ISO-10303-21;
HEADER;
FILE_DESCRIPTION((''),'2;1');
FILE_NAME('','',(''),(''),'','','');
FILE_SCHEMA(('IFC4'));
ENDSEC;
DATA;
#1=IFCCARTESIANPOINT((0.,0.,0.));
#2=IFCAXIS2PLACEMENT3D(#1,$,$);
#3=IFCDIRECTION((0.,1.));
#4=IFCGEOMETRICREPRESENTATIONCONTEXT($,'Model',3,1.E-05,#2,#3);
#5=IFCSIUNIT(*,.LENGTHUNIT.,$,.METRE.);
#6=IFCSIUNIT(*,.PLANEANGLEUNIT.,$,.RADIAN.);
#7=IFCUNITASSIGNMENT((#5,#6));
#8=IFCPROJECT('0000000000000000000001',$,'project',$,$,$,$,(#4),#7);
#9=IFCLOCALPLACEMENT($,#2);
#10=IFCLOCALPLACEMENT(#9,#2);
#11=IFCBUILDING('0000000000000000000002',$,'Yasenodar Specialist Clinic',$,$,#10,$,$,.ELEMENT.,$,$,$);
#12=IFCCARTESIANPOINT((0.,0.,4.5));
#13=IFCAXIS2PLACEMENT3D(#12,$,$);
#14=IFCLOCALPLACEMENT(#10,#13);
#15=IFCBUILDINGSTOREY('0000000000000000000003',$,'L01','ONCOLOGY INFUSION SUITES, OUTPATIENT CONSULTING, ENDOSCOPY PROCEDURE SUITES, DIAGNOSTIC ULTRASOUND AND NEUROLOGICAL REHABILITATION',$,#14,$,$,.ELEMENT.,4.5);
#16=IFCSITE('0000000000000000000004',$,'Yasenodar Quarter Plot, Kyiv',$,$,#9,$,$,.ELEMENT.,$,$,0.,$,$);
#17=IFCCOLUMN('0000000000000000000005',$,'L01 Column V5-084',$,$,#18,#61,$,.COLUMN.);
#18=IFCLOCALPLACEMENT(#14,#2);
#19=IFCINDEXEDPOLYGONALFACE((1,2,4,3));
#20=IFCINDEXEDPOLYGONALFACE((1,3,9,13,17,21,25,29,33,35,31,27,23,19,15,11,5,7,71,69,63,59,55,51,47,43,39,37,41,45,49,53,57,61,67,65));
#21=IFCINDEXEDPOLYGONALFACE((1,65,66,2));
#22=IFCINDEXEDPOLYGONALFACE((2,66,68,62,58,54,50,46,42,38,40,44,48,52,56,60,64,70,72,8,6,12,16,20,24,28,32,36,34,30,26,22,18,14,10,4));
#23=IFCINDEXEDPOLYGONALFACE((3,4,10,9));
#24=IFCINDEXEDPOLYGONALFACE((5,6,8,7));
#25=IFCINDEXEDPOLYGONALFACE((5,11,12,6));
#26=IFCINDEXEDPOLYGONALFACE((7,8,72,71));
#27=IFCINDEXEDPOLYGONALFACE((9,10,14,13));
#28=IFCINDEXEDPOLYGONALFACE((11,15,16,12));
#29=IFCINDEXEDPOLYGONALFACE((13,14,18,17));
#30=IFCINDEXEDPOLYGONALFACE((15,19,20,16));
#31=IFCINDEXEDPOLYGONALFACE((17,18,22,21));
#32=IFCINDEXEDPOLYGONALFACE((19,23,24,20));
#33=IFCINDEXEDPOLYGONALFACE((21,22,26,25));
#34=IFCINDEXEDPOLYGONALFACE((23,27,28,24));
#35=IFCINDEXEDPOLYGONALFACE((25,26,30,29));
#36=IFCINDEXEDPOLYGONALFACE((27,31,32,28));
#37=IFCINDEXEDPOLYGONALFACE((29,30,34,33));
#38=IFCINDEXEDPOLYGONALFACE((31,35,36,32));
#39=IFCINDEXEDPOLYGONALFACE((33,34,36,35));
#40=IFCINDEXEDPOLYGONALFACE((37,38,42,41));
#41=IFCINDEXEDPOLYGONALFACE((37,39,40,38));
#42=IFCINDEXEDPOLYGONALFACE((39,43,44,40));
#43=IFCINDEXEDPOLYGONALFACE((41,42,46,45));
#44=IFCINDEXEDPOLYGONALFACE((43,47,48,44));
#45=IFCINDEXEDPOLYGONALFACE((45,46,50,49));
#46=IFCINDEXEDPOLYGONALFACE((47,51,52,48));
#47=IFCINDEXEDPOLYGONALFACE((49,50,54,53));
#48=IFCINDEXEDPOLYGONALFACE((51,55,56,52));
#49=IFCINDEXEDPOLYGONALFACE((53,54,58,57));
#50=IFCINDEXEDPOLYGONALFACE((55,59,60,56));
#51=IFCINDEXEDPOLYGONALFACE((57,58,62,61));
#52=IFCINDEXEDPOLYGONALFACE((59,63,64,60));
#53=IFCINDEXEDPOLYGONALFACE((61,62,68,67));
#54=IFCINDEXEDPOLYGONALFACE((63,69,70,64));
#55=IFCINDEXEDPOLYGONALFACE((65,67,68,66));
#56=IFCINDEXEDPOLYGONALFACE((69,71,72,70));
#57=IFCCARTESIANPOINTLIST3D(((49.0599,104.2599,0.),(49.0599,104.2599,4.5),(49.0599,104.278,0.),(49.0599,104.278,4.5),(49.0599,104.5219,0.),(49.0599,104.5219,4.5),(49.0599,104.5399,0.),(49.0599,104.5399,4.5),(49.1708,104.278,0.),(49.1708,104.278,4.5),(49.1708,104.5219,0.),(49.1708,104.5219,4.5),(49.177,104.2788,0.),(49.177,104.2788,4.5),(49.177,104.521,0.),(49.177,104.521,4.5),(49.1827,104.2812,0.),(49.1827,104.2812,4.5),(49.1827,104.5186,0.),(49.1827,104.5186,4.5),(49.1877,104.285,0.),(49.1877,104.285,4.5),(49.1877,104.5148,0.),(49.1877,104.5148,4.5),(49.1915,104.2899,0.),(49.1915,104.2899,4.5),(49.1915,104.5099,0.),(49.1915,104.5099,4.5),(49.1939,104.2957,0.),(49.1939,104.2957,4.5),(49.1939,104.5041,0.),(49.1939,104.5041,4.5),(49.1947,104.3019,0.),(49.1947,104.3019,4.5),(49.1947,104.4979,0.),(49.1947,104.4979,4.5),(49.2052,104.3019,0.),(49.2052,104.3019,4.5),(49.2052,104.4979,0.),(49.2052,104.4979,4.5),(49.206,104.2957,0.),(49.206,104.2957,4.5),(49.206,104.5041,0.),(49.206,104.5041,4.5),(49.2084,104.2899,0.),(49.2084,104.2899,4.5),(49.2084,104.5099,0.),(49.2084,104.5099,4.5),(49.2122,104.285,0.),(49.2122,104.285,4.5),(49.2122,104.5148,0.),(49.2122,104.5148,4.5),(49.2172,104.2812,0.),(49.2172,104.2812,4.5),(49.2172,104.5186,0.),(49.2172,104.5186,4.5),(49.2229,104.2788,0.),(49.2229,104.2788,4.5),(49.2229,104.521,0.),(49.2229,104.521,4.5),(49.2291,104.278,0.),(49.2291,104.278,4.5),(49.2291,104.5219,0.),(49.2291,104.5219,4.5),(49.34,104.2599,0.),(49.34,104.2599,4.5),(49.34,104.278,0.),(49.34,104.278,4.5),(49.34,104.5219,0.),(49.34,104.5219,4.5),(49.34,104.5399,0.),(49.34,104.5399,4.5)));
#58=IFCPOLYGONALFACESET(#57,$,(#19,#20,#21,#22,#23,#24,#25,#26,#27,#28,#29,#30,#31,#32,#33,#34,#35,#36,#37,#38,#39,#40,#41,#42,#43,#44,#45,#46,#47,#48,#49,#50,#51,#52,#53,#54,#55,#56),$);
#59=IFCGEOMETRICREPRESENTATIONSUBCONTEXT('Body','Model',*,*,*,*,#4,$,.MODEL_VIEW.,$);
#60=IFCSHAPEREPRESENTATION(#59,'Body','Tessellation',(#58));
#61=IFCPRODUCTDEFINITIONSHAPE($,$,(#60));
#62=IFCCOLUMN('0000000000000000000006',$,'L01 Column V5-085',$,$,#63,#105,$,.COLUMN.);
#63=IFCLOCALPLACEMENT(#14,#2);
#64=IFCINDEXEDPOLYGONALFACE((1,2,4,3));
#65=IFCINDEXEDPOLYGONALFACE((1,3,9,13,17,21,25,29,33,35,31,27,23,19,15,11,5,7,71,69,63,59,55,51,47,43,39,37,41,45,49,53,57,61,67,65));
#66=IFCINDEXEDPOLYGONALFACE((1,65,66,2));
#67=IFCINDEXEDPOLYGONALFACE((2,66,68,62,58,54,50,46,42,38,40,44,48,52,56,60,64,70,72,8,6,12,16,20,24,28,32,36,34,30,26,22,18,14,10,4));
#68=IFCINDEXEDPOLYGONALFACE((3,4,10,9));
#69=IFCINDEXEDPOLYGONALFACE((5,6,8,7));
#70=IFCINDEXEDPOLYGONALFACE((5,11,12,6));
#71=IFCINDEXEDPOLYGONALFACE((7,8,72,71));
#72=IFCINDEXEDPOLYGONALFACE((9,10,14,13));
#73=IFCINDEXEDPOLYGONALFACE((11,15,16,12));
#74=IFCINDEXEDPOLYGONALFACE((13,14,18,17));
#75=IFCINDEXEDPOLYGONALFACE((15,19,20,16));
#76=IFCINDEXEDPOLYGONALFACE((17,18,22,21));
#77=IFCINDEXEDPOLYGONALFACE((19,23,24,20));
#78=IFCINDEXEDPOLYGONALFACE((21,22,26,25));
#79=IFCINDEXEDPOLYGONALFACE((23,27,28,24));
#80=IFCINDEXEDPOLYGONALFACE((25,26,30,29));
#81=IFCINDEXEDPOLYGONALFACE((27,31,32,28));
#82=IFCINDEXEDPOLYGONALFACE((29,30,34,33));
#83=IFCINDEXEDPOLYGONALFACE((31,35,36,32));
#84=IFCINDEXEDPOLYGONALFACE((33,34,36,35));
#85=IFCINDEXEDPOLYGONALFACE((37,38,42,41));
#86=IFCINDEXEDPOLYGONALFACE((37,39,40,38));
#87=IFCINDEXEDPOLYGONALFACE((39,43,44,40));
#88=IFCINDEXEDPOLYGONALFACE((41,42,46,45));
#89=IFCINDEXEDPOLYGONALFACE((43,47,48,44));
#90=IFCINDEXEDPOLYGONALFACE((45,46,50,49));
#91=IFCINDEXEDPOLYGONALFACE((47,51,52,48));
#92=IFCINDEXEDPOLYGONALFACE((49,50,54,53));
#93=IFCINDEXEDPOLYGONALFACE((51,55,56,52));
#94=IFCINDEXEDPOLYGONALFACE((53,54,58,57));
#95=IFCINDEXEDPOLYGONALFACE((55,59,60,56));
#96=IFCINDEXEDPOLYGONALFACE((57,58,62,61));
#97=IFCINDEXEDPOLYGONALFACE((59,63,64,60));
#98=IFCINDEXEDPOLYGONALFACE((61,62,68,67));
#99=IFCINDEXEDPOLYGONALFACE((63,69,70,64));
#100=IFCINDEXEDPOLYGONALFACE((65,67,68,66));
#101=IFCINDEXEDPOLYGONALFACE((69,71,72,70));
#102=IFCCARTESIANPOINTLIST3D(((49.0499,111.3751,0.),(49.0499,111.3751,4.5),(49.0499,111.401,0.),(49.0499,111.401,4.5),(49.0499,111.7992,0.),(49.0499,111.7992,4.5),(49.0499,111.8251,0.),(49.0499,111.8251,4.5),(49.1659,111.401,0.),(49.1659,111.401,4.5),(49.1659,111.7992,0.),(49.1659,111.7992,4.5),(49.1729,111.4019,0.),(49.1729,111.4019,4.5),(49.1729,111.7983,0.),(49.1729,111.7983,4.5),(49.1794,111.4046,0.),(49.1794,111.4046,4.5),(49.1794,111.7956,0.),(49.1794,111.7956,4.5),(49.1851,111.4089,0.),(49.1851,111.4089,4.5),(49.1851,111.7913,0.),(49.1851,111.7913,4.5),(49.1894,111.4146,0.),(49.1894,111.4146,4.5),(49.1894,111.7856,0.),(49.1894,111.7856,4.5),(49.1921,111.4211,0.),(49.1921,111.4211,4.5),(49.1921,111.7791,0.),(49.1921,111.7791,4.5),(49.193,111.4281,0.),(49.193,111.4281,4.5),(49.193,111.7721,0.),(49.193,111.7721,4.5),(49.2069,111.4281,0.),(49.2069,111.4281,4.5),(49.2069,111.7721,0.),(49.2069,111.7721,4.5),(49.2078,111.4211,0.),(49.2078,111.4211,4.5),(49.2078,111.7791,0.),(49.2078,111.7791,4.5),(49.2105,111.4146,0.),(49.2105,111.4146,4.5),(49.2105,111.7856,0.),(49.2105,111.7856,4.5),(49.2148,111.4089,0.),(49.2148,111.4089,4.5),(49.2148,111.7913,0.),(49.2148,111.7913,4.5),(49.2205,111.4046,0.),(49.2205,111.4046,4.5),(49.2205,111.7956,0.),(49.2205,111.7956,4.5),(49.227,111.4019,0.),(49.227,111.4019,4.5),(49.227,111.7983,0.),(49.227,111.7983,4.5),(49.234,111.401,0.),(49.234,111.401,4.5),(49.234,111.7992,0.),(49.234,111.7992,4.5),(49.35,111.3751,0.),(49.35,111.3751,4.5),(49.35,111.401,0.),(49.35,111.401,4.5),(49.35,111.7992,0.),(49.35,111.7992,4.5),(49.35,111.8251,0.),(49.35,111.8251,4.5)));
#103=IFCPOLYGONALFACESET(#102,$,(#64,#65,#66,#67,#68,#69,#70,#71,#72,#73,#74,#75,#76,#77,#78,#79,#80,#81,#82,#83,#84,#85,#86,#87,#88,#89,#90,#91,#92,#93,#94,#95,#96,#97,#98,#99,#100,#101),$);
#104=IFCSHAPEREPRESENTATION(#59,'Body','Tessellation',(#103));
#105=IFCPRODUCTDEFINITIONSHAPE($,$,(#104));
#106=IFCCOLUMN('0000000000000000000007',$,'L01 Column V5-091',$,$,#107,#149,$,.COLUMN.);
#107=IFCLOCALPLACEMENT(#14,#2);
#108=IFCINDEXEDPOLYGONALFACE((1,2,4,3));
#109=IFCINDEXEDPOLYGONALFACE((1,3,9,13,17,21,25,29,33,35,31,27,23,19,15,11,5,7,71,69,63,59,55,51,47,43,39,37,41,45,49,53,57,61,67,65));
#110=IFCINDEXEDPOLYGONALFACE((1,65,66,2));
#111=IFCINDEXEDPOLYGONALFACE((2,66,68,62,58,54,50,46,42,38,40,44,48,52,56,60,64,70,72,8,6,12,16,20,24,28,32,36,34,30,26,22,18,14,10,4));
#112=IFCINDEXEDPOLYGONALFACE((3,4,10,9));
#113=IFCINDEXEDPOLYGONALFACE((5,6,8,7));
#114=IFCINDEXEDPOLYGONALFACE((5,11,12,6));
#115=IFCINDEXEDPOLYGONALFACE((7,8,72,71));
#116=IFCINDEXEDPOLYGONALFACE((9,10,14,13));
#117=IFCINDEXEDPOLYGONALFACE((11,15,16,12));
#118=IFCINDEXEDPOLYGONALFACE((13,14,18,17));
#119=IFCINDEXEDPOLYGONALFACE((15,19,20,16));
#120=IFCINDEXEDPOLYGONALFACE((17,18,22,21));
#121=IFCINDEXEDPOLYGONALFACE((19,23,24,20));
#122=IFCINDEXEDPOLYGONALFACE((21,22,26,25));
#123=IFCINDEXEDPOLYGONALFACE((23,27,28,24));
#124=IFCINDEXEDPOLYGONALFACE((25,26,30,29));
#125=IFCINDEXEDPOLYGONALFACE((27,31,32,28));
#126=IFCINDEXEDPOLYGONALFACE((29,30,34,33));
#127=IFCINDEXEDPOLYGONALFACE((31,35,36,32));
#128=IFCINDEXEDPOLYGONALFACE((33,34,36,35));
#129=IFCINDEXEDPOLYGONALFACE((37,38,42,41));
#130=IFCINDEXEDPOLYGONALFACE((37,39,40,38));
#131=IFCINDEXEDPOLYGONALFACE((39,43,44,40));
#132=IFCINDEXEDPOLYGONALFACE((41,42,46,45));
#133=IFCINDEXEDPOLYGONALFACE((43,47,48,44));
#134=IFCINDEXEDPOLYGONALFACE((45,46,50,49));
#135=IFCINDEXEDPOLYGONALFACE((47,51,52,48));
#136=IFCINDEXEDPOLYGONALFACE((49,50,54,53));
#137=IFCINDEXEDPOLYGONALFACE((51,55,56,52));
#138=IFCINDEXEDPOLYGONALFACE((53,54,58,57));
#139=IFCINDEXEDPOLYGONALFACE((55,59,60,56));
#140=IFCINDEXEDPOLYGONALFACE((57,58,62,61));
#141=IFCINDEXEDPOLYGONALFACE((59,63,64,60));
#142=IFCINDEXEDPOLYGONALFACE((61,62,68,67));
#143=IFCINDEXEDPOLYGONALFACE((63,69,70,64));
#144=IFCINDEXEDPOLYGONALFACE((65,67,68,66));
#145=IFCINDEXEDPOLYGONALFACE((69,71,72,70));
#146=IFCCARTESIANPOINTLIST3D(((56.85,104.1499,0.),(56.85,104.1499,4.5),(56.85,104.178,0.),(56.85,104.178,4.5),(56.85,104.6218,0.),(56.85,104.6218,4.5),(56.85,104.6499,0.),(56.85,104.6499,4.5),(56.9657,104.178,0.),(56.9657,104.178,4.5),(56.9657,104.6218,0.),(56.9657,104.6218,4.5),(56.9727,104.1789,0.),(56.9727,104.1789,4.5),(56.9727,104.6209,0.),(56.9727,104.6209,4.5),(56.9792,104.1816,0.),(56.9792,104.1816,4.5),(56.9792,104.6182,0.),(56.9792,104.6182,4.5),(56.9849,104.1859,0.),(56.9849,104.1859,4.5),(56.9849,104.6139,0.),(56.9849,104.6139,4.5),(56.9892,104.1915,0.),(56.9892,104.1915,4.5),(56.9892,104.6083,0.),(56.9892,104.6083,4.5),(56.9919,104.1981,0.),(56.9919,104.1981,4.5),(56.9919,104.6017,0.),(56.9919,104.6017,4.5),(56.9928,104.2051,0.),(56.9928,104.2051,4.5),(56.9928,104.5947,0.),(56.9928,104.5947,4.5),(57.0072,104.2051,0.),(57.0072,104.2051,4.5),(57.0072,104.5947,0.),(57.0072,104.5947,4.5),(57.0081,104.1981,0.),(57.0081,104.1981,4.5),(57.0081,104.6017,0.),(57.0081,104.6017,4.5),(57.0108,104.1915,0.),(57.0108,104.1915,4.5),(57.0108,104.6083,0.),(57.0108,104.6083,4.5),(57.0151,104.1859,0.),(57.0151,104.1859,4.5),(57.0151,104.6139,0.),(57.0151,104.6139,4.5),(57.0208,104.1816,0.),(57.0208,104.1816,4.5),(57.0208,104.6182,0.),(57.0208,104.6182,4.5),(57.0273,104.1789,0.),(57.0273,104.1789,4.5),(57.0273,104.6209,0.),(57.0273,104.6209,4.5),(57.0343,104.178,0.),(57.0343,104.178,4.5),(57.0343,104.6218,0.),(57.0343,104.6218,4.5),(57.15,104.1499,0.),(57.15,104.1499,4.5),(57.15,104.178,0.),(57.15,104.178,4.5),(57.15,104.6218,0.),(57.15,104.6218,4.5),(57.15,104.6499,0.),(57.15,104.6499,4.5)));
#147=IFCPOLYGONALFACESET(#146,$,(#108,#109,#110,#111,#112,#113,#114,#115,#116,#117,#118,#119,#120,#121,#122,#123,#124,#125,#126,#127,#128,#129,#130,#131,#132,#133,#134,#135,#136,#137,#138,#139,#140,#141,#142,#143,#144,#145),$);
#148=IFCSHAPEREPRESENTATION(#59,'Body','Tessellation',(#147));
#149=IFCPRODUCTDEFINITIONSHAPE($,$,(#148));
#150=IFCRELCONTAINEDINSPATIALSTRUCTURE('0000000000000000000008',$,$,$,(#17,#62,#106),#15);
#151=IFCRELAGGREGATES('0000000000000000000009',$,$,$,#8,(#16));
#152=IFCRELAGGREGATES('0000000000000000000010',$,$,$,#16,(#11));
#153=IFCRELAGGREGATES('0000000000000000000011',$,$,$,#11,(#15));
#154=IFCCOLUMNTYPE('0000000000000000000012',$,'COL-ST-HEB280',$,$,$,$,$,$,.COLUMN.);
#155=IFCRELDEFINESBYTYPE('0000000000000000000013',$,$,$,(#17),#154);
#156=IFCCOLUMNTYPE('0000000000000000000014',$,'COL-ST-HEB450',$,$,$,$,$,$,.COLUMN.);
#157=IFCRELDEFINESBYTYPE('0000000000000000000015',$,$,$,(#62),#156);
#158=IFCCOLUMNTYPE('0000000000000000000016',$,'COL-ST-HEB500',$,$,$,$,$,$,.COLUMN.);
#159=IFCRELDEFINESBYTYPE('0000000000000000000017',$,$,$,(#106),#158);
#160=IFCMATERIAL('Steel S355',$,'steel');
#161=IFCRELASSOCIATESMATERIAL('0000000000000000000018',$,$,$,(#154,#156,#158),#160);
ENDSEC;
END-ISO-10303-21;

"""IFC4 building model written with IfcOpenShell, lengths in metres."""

from ifc_helpers import new_model, si_unit, direction, frame, origin, origin_2d, place, context, subcontext, project, spatial, i_section, extrude, material, material_profile, profile_set, type_object, element, save


model = new_model("IFC4")

# Units and contexts
model_context = context("Model", 3, precision=1e-05, world=origin(), true_north=direction((0.0, 1.0)))
body_context = subcontext(model_context, "Body", "Model", "MODEL_VIEW")
ifc_project = project(units=[si_unit("LENGTHUNIT", "METRE"), si_unit("PLANEANGLEUNIT", "RADIAN")], contexts=[model_context])

# Site, building, storey
site_placement = place(None, origin())
site = spatial("IfcSite", under=ifc_project, at=site_placement, Name="Yasenodar Quarter Plot, Kyiv", CompositionType="ELEMENT", RefElevation=0.0)
building_placement = place(site_placement, origin())
building = spatial("IfcBuilding", under=site, at=building_placement, Name="Yasenodar Specialist Clinic", CompositionType="ELEMENT")
storey_placement = place(building_placement, frame((0.0, 0.0, 4.5)))
storey = spatial("IfcBuildingStorey", under=building, at=storey_placement, Name="L01", Description="ONCOLOGY INFUSION SUITES, OUTPATIENT CONSULTING, ENDOSCOPY PROCEDURE SUITES, DIAGNOSTIC ULTRASOUND AND NEUROLOGICAL REHABILITATION", CompositionType="ELEMENT", Elevation=4.5)

# Columns
ifc_material_1 = material(Name="Steel S355", Category="steel")
ifc_material_profile_1 = material_profile(ifc_material_1, i_section(OverallWidth=0.28, OverallDepth=0.28, WebThickness=0.0105, FlangeThickness=0.0181, FilletRadius=0.0239, at=origin_2d()), Name="HEB 280")
ifc_profile_set_1 = profile_set([ifc_material_profile_1], Name="Steel S355")
column_type_1 = type_object("IfcColumnType", Name="COL-ST-HEB280", PredefinedType="COLUMN", material=ifc_profile_set_1)
column_1_placement = place(storey_placement, frame((49.2, 104.3999, 0.0), z_axis=(0.0, 0.0, 1.0), x_axis=(1.0, 0.0, 0.0)))
element("IfcColumn", 1, at=column_1_placement, inside=storey, type_object=column_type_1, Name="L01 Column V5-084", PredefinedType="COLUMN", context=body_context, shape_type="SweptSolid", body=[
    extrude(i_section(OverallWidth=0.28, OverallDepth=0.28, WebThickness=0.0105, FlangeThickness=0.0181, FilletRadius=0.0239, at=origin_2d()), origin(), (0.0, 0.0, 1.0), 4.5),
])
ifc_material_profile_2 = material_profile(ifc_material_1, i_section(OverallWidth=0.3, OverallDepth=0.45, WebThickness=0.0139, FlangeThickness=0.0259, FilletRadius=0.0271, at=origin_2d()), Name="HEB 450")
ifc_profile_set_2 = profile_set([ifc_material_profile_2], Name="Steel S355")
column_type_2 = type_object("IfcColumnType", Name="COL-ST-HEB450", PredefinedType="COLUMN", material=ifc_profile_set_2)
column_2_placement = place(storey_placement, frame((49.2, 111.6001, 0.0), z_axis=(0.0, 0.0, 1.0), x_axis=(1.0, 0.0, 0.0)))
element("IfcColumn", 2, at=column_2_placement, inside=storey, type_object=column_type_2, Name="L01 Column V5-085", PredefinedType="COLUMN", context=body_context, shape_type="SweptSolid", body=[
    extrude(i_section(OverallWidth=0.3, OverallDepth=0.45, WebThickness=0.0139, FlangeThickness=0.0259, FilletRadius=0.0271, at=origin_2d()), origin(), (0.0, 0.0, 1.0), 4.5),
])
ifc_material_profile_3 = material_profile(ifc_material_1, i_section(OverallWidth=0.3, OverallDepth=0.5, WebThickness=0.0144, FlangeThickness=0.0281, FilletRadius=0.0271, at=origin_2d()), Name="HEB 500")
ifc_profile_set_3 = profile_set([ifc_material_profile_3], Name="Steel S355")
column_type_3 = type_object("IfcColumnType", Name="COL-ST-HEB500", PredefinedType="COLUMN", material=ifc_profile_set_3)
column_3_placement = place(storey_placement, frame((57.0, 104.3999, 0.0), z_axis=(0.0, 0.0, 1.0), x_axis=(1.0, 0.0, 0.0)))
element("IfcColumn", 3, at=column_3_placement, inside=storey, type_object=column_type_3, Name="L01 Column V5-091", PredefinedType="COLUMN", context=body_context, shape_type="SweptSolid", body=[
    extrude(i_section(OverallWidth=0.3, OverallDepth=0.5, WebThickness=0.0144, FlangeThickness=0.0281, FilletRadius=0.0271, at=origin_2d()), origin(), (0.0, 0.0, 1.0), 4.5),
])

save(model, "model.ifc")
